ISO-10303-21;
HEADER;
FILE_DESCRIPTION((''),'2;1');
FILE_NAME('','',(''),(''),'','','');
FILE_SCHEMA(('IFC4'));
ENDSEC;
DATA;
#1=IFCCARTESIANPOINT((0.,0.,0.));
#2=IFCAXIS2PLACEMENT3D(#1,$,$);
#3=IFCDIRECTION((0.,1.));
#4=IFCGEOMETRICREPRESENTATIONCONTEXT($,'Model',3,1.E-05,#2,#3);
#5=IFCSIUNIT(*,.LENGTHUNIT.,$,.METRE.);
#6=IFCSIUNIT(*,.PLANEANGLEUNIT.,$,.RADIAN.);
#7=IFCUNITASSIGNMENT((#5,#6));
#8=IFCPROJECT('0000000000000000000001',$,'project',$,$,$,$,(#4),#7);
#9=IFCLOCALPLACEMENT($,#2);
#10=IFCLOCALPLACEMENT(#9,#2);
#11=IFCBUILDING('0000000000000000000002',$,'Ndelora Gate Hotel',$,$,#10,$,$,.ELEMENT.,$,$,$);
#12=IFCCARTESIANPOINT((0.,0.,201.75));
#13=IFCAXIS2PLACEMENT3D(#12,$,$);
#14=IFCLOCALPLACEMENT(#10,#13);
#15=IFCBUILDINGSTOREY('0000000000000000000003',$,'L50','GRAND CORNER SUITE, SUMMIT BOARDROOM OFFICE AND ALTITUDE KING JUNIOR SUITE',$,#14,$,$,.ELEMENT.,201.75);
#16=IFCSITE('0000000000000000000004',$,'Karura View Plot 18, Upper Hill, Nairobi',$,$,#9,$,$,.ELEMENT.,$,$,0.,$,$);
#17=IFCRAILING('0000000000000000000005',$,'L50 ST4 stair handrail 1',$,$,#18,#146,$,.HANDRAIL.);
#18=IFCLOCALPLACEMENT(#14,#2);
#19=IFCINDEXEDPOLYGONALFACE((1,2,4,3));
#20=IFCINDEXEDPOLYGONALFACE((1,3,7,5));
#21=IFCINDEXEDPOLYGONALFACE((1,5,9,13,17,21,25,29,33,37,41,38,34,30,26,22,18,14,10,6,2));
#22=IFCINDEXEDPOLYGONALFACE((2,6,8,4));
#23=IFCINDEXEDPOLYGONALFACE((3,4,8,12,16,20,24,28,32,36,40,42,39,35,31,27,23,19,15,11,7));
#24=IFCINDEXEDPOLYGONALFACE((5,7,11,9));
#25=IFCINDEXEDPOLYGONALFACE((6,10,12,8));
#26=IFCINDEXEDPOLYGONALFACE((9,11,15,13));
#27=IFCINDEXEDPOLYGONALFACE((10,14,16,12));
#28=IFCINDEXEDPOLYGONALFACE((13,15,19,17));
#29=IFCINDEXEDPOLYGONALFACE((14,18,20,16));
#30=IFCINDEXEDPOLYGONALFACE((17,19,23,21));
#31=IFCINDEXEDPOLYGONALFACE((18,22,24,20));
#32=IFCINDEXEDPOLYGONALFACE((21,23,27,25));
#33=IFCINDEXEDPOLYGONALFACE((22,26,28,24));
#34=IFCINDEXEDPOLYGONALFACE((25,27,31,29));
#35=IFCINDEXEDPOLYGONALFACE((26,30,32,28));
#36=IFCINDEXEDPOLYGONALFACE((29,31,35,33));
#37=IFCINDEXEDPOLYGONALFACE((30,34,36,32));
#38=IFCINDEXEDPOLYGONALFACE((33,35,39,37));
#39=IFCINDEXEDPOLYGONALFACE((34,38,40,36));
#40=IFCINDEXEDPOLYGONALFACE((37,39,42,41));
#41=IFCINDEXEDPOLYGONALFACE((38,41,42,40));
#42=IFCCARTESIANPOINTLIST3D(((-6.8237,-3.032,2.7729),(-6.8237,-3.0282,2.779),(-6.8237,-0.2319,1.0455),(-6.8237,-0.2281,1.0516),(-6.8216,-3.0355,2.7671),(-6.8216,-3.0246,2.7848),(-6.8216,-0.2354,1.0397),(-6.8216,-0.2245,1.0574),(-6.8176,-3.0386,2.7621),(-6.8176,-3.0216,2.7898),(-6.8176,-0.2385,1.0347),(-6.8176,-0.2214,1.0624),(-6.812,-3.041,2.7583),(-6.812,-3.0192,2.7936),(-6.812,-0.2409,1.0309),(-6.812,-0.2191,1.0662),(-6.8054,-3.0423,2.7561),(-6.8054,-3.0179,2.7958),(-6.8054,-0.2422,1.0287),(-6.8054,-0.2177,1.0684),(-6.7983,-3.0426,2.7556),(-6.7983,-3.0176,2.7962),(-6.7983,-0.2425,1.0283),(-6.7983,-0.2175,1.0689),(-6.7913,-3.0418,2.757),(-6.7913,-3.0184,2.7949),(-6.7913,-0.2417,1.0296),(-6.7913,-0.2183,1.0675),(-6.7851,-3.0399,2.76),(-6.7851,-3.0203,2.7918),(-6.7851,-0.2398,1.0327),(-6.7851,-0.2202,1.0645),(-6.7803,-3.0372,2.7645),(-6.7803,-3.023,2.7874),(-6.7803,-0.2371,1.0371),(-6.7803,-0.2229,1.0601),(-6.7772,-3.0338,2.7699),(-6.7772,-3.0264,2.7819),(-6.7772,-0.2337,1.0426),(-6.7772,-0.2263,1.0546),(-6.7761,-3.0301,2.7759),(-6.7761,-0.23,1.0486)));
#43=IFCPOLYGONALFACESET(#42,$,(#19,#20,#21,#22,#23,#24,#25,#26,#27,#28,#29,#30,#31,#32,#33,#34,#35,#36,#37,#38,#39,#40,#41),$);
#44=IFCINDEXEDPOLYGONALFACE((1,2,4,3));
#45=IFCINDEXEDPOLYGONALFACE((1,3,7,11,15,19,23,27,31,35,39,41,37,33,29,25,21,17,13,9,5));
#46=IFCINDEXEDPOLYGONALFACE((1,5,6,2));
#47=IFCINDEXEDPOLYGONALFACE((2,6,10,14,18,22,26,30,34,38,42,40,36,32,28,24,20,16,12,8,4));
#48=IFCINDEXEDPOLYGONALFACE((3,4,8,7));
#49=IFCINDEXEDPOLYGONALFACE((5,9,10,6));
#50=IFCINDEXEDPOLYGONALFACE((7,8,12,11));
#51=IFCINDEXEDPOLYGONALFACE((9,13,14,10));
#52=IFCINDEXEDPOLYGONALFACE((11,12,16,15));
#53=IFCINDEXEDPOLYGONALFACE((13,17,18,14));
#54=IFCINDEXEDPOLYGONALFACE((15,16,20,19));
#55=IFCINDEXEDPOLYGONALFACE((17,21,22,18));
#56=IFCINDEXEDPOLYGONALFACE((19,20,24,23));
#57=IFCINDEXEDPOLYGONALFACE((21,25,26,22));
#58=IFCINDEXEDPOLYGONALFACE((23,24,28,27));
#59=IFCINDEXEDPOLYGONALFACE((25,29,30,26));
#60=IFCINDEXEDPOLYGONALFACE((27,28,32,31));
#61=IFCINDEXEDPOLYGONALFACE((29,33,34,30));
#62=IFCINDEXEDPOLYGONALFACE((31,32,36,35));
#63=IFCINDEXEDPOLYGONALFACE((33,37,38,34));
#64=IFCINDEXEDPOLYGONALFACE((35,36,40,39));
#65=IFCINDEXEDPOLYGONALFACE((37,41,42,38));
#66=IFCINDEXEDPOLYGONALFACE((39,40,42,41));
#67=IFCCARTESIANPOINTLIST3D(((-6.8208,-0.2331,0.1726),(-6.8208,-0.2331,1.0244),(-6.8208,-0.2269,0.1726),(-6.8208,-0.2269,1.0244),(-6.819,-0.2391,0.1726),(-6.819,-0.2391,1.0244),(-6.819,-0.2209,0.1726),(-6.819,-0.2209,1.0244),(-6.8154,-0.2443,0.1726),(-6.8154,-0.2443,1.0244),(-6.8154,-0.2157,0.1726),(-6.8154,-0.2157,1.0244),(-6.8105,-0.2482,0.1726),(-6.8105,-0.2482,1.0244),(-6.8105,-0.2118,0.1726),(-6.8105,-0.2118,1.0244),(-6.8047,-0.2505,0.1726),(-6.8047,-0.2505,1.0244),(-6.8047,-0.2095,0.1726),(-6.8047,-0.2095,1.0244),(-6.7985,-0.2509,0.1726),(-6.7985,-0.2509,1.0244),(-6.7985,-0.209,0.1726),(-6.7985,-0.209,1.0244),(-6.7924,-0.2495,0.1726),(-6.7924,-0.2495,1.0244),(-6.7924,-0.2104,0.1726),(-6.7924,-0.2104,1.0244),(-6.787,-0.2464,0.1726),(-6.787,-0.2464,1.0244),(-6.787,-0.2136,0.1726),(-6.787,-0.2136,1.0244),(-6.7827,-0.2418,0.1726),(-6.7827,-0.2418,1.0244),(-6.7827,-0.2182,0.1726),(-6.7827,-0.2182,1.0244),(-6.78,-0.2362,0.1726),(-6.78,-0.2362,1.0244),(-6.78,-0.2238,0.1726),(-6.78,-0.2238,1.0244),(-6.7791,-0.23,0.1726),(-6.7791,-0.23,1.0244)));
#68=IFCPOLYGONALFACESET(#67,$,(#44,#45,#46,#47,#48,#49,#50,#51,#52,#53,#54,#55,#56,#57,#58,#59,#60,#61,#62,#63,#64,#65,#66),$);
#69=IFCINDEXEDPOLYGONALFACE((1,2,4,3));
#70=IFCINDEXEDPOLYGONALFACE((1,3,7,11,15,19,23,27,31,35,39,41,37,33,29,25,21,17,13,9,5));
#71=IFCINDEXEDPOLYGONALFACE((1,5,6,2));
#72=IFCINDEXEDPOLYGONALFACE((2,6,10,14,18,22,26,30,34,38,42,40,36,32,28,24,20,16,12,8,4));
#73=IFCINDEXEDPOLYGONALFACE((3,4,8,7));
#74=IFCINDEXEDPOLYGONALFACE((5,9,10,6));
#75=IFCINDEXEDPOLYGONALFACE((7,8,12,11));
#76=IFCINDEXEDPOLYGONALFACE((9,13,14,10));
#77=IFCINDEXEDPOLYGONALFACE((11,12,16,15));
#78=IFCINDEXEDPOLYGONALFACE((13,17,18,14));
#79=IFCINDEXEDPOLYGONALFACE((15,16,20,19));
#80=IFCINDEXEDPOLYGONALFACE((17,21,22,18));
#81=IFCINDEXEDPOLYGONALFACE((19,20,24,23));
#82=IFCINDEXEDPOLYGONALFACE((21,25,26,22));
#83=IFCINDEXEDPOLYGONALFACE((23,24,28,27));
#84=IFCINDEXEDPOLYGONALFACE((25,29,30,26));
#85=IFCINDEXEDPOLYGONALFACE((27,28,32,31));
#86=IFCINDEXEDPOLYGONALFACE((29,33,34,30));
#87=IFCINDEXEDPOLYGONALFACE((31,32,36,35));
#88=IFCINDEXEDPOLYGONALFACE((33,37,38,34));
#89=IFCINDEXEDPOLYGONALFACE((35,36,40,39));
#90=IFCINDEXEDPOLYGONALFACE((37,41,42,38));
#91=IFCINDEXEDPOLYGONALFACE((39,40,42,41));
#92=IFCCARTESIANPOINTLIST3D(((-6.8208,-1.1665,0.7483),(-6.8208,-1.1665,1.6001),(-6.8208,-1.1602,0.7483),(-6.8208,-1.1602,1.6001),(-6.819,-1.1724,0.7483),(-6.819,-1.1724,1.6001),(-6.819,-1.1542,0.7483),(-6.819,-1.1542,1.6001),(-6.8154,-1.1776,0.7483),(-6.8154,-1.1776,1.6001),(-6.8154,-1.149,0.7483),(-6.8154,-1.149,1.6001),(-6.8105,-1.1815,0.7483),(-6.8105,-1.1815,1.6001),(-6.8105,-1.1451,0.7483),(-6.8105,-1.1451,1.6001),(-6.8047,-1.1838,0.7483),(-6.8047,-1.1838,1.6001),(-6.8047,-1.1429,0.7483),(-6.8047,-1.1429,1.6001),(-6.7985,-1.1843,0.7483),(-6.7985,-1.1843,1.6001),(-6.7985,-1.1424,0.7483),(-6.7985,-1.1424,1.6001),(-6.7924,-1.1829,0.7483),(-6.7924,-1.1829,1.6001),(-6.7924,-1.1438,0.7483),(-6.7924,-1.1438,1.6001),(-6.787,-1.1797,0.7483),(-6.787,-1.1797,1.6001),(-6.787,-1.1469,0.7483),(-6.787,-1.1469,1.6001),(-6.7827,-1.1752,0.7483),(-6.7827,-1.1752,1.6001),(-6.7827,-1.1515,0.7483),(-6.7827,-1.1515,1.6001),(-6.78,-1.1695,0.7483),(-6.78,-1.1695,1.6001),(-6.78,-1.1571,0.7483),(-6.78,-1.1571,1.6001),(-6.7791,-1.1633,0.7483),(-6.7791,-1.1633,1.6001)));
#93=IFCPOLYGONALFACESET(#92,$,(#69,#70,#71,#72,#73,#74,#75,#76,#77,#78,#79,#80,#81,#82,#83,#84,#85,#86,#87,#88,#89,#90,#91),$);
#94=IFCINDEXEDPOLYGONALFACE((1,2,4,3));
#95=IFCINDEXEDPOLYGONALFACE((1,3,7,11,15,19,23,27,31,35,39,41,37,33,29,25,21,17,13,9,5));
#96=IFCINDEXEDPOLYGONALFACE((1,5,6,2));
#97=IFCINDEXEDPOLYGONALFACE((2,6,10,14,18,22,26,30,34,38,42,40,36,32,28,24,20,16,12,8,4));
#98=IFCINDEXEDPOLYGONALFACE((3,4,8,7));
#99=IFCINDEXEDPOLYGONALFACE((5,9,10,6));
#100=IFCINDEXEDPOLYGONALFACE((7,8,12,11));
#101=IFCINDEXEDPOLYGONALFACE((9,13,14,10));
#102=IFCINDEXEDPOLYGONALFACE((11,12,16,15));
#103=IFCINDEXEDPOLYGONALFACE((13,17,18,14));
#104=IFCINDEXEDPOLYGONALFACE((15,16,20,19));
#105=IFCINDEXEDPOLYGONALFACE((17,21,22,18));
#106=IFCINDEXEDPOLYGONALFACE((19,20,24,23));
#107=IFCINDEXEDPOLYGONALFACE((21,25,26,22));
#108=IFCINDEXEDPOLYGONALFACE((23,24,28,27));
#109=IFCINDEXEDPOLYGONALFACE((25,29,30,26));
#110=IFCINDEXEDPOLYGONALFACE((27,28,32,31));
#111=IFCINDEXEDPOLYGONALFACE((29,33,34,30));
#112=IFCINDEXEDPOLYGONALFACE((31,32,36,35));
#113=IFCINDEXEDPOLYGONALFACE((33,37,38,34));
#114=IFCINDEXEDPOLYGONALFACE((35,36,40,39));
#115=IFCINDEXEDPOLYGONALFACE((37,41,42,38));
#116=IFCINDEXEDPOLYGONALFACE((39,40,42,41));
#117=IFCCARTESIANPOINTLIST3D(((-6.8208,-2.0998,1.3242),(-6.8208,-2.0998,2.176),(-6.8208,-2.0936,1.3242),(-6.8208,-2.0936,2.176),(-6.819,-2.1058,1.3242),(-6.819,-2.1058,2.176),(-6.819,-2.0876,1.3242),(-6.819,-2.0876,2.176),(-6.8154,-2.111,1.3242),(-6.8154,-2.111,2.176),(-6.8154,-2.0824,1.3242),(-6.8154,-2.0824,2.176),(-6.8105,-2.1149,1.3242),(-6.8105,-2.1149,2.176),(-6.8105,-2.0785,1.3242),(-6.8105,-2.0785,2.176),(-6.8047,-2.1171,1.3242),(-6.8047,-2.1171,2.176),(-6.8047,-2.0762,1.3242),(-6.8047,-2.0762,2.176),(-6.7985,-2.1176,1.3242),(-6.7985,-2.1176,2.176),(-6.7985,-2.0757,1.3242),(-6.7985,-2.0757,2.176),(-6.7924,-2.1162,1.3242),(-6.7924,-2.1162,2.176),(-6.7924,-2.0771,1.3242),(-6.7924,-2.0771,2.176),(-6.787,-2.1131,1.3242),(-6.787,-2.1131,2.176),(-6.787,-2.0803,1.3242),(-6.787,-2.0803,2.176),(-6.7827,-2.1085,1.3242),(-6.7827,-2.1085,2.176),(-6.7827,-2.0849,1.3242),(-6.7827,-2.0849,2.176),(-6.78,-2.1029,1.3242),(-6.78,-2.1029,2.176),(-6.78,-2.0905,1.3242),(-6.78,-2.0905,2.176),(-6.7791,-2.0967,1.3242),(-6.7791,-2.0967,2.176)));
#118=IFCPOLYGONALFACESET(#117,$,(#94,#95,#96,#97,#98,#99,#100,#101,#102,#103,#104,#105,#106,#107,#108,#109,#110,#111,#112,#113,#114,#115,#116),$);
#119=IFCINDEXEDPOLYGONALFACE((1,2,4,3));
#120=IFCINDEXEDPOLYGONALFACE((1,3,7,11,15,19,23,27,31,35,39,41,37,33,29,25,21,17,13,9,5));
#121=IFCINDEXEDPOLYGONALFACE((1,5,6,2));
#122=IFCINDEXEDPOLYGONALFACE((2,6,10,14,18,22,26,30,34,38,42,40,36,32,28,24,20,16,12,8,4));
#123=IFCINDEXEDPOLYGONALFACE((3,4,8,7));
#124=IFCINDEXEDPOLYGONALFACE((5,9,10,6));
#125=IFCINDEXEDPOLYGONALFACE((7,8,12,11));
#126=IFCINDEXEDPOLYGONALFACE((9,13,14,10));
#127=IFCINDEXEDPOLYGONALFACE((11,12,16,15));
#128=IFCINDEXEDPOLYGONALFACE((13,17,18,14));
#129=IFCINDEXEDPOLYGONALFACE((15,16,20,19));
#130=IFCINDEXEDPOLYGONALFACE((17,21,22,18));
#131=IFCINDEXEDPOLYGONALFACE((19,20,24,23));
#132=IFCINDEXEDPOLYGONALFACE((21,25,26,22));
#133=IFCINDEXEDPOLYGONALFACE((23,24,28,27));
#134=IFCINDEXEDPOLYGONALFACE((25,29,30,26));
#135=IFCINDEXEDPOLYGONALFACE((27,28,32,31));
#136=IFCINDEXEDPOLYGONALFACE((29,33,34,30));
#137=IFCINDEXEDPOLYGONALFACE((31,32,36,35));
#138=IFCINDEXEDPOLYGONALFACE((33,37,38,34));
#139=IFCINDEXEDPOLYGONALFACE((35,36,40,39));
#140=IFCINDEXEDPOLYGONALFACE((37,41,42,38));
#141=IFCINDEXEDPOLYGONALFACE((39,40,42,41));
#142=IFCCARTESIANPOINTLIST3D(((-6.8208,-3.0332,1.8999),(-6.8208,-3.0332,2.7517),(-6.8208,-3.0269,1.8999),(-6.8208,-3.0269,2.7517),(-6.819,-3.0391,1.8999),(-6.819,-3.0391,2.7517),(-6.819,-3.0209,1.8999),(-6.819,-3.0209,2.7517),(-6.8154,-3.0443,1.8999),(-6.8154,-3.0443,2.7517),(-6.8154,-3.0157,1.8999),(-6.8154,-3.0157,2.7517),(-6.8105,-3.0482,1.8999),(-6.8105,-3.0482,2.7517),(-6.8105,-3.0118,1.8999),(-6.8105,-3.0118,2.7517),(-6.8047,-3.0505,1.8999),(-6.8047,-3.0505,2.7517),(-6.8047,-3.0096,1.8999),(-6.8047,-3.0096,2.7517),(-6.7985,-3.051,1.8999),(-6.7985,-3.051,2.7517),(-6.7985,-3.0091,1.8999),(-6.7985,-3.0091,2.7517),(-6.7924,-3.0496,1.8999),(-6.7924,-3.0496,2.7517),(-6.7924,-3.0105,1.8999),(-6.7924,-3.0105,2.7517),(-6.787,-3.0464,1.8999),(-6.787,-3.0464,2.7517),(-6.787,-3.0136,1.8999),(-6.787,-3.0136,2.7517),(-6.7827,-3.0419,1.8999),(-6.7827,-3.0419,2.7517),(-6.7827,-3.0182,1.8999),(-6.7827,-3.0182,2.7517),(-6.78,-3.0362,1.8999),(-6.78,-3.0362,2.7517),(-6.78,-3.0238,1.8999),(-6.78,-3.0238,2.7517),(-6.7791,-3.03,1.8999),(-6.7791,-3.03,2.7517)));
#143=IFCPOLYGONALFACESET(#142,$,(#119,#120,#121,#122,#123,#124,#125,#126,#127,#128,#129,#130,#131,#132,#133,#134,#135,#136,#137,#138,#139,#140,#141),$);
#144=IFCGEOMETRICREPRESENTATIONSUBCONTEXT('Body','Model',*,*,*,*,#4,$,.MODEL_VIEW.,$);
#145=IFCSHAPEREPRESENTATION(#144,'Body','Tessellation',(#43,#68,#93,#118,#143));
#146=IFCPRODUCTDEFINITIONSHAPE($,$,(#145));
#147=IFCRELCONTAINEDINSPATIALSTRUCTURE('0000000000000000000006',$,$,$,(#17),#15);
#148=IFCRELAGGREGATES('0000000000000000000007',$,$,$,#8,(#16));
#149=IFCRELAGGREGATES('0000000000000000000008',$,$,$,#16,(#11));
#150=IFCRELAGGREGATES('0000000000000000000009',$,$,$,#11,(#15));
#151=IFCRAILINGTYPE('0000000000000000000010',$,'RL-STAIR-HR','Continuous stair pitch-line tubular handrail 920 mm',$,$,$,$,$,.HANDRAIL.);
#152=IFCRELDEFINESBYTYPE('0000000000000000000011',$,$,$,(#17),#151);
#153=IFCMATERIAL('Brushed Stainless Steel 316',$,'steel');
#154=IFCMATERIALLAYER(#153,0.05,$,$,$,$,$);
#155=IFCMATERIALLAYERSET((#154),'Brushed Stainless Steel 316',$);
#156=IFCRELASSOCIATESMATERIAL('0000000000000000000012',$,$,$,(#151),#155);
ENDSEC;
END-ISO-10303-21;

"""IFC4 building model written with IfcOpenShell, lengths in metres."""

from ifc_helpers import new_model, si_unit, direction, frame, origin, origin_2d, place, context, subcontext, project, spatial, circle, extrude, material, layer, layer_set, type_object, element, save


model = new_model("IFC4")

# Units and contexts
model_context = context("Model", 3, precision=1e-05, world=origin(), true_north=direction((0.0, 1.0)))
body_context = subcontext(model_context, "Body", "Model", "MODEL_VIEW")
ifc_project = project(units=[si_unit("LENGTHUNIT", "METRE"), si_unit("PLANEANGLEUNIT", "RADIAN")], contexts=[model_context])

# Site, building, storey
site_placement = place(None, origin())
site = spatial("IfcSite", under=ifc_project, at=site_placement, Name="Karura View Plot 18, Upper Hill, Nairobi", CompositionType="ELEMENT", RefElevation=0.0)
building_placement = place(site_placement, origin())
building = spatial("IfcBuilding", under=site, at=building_placement, Name="Ndelora Gate Hotel", CompositionType="ELEMENT")
storey_placement = place(building_placement, frame((0.0, 0.0, 201.75)))
storey = spatial("IfcBuildingStorey", under=building, at=storey_placement, Name="L50", Description="GRAND CORNER SUITE, SUMMIT BOARDROOM OFFICE AND ALTITUDE KING JUNIOR SUITE", CompositionType="ELEMENT", Elevation=201.75)

# Railing
ifc_material_1 = material(Name="Brushed Stainless Steel 316", Category="steel")
ifc_layer_1 = layer(ifc_material_1, 0.05)
ifc_layer_set_1 = layer_set([ifc_layer_1], Name="Brushed Stainless Steel 316")
railing_type_1 = type_object("IfcRailingType", Name="RL-STAIR-HR", Description="Continuous stair pitch-line tubular handrail 920 mm", PredefinedType="HANDRAIL", material=ifc_layer_set_1)
railing_1_placement = place(storey_placement, frame((-6.8, -0.23, 0.1726)))
element("IfcRailing", 1, at=railing_1_placement, inside=storey, type_object=railing_type_1, Name="L50 ST4 stair handrail 1", PredefinedType="HANDRAIL", context=body_context, shape_type="SweptSolid", body=[
    extrude(circle(Radius=0.0239, at=origin_2d()), frame((0.0, 0.0, 0.876), z_axis=(0.0, -0.85109, 0.52502), x_axis=(1.0, 0.0, 0.0)), (0.0, 0.0, 1.0), 3.29),
    extrude(circle(Radius=0.021, at=origin_2d()), origin(), (0.0, 0.0, 1.0), 0.8518),
    extrude(circle(Radius=0.021, at=origin_2d()), frame((0.0, -0.9333, 0.5757)), (0.0, 0.0, 1.0), 0.8518),
    extrude(circle(Radius=0.021, at=origin_2d()), frame((0.0, -1.8667, 1.1516)), (0.0, 0.0, 1.0), 0.8518),
    extrude(circle(Radius=0.021, at=origin_2d()), frame((0.0, -2.8, 1.7273)), (0.0, 0.0, 1.0), 0.8518),
])

save(model, "model.ifc")
